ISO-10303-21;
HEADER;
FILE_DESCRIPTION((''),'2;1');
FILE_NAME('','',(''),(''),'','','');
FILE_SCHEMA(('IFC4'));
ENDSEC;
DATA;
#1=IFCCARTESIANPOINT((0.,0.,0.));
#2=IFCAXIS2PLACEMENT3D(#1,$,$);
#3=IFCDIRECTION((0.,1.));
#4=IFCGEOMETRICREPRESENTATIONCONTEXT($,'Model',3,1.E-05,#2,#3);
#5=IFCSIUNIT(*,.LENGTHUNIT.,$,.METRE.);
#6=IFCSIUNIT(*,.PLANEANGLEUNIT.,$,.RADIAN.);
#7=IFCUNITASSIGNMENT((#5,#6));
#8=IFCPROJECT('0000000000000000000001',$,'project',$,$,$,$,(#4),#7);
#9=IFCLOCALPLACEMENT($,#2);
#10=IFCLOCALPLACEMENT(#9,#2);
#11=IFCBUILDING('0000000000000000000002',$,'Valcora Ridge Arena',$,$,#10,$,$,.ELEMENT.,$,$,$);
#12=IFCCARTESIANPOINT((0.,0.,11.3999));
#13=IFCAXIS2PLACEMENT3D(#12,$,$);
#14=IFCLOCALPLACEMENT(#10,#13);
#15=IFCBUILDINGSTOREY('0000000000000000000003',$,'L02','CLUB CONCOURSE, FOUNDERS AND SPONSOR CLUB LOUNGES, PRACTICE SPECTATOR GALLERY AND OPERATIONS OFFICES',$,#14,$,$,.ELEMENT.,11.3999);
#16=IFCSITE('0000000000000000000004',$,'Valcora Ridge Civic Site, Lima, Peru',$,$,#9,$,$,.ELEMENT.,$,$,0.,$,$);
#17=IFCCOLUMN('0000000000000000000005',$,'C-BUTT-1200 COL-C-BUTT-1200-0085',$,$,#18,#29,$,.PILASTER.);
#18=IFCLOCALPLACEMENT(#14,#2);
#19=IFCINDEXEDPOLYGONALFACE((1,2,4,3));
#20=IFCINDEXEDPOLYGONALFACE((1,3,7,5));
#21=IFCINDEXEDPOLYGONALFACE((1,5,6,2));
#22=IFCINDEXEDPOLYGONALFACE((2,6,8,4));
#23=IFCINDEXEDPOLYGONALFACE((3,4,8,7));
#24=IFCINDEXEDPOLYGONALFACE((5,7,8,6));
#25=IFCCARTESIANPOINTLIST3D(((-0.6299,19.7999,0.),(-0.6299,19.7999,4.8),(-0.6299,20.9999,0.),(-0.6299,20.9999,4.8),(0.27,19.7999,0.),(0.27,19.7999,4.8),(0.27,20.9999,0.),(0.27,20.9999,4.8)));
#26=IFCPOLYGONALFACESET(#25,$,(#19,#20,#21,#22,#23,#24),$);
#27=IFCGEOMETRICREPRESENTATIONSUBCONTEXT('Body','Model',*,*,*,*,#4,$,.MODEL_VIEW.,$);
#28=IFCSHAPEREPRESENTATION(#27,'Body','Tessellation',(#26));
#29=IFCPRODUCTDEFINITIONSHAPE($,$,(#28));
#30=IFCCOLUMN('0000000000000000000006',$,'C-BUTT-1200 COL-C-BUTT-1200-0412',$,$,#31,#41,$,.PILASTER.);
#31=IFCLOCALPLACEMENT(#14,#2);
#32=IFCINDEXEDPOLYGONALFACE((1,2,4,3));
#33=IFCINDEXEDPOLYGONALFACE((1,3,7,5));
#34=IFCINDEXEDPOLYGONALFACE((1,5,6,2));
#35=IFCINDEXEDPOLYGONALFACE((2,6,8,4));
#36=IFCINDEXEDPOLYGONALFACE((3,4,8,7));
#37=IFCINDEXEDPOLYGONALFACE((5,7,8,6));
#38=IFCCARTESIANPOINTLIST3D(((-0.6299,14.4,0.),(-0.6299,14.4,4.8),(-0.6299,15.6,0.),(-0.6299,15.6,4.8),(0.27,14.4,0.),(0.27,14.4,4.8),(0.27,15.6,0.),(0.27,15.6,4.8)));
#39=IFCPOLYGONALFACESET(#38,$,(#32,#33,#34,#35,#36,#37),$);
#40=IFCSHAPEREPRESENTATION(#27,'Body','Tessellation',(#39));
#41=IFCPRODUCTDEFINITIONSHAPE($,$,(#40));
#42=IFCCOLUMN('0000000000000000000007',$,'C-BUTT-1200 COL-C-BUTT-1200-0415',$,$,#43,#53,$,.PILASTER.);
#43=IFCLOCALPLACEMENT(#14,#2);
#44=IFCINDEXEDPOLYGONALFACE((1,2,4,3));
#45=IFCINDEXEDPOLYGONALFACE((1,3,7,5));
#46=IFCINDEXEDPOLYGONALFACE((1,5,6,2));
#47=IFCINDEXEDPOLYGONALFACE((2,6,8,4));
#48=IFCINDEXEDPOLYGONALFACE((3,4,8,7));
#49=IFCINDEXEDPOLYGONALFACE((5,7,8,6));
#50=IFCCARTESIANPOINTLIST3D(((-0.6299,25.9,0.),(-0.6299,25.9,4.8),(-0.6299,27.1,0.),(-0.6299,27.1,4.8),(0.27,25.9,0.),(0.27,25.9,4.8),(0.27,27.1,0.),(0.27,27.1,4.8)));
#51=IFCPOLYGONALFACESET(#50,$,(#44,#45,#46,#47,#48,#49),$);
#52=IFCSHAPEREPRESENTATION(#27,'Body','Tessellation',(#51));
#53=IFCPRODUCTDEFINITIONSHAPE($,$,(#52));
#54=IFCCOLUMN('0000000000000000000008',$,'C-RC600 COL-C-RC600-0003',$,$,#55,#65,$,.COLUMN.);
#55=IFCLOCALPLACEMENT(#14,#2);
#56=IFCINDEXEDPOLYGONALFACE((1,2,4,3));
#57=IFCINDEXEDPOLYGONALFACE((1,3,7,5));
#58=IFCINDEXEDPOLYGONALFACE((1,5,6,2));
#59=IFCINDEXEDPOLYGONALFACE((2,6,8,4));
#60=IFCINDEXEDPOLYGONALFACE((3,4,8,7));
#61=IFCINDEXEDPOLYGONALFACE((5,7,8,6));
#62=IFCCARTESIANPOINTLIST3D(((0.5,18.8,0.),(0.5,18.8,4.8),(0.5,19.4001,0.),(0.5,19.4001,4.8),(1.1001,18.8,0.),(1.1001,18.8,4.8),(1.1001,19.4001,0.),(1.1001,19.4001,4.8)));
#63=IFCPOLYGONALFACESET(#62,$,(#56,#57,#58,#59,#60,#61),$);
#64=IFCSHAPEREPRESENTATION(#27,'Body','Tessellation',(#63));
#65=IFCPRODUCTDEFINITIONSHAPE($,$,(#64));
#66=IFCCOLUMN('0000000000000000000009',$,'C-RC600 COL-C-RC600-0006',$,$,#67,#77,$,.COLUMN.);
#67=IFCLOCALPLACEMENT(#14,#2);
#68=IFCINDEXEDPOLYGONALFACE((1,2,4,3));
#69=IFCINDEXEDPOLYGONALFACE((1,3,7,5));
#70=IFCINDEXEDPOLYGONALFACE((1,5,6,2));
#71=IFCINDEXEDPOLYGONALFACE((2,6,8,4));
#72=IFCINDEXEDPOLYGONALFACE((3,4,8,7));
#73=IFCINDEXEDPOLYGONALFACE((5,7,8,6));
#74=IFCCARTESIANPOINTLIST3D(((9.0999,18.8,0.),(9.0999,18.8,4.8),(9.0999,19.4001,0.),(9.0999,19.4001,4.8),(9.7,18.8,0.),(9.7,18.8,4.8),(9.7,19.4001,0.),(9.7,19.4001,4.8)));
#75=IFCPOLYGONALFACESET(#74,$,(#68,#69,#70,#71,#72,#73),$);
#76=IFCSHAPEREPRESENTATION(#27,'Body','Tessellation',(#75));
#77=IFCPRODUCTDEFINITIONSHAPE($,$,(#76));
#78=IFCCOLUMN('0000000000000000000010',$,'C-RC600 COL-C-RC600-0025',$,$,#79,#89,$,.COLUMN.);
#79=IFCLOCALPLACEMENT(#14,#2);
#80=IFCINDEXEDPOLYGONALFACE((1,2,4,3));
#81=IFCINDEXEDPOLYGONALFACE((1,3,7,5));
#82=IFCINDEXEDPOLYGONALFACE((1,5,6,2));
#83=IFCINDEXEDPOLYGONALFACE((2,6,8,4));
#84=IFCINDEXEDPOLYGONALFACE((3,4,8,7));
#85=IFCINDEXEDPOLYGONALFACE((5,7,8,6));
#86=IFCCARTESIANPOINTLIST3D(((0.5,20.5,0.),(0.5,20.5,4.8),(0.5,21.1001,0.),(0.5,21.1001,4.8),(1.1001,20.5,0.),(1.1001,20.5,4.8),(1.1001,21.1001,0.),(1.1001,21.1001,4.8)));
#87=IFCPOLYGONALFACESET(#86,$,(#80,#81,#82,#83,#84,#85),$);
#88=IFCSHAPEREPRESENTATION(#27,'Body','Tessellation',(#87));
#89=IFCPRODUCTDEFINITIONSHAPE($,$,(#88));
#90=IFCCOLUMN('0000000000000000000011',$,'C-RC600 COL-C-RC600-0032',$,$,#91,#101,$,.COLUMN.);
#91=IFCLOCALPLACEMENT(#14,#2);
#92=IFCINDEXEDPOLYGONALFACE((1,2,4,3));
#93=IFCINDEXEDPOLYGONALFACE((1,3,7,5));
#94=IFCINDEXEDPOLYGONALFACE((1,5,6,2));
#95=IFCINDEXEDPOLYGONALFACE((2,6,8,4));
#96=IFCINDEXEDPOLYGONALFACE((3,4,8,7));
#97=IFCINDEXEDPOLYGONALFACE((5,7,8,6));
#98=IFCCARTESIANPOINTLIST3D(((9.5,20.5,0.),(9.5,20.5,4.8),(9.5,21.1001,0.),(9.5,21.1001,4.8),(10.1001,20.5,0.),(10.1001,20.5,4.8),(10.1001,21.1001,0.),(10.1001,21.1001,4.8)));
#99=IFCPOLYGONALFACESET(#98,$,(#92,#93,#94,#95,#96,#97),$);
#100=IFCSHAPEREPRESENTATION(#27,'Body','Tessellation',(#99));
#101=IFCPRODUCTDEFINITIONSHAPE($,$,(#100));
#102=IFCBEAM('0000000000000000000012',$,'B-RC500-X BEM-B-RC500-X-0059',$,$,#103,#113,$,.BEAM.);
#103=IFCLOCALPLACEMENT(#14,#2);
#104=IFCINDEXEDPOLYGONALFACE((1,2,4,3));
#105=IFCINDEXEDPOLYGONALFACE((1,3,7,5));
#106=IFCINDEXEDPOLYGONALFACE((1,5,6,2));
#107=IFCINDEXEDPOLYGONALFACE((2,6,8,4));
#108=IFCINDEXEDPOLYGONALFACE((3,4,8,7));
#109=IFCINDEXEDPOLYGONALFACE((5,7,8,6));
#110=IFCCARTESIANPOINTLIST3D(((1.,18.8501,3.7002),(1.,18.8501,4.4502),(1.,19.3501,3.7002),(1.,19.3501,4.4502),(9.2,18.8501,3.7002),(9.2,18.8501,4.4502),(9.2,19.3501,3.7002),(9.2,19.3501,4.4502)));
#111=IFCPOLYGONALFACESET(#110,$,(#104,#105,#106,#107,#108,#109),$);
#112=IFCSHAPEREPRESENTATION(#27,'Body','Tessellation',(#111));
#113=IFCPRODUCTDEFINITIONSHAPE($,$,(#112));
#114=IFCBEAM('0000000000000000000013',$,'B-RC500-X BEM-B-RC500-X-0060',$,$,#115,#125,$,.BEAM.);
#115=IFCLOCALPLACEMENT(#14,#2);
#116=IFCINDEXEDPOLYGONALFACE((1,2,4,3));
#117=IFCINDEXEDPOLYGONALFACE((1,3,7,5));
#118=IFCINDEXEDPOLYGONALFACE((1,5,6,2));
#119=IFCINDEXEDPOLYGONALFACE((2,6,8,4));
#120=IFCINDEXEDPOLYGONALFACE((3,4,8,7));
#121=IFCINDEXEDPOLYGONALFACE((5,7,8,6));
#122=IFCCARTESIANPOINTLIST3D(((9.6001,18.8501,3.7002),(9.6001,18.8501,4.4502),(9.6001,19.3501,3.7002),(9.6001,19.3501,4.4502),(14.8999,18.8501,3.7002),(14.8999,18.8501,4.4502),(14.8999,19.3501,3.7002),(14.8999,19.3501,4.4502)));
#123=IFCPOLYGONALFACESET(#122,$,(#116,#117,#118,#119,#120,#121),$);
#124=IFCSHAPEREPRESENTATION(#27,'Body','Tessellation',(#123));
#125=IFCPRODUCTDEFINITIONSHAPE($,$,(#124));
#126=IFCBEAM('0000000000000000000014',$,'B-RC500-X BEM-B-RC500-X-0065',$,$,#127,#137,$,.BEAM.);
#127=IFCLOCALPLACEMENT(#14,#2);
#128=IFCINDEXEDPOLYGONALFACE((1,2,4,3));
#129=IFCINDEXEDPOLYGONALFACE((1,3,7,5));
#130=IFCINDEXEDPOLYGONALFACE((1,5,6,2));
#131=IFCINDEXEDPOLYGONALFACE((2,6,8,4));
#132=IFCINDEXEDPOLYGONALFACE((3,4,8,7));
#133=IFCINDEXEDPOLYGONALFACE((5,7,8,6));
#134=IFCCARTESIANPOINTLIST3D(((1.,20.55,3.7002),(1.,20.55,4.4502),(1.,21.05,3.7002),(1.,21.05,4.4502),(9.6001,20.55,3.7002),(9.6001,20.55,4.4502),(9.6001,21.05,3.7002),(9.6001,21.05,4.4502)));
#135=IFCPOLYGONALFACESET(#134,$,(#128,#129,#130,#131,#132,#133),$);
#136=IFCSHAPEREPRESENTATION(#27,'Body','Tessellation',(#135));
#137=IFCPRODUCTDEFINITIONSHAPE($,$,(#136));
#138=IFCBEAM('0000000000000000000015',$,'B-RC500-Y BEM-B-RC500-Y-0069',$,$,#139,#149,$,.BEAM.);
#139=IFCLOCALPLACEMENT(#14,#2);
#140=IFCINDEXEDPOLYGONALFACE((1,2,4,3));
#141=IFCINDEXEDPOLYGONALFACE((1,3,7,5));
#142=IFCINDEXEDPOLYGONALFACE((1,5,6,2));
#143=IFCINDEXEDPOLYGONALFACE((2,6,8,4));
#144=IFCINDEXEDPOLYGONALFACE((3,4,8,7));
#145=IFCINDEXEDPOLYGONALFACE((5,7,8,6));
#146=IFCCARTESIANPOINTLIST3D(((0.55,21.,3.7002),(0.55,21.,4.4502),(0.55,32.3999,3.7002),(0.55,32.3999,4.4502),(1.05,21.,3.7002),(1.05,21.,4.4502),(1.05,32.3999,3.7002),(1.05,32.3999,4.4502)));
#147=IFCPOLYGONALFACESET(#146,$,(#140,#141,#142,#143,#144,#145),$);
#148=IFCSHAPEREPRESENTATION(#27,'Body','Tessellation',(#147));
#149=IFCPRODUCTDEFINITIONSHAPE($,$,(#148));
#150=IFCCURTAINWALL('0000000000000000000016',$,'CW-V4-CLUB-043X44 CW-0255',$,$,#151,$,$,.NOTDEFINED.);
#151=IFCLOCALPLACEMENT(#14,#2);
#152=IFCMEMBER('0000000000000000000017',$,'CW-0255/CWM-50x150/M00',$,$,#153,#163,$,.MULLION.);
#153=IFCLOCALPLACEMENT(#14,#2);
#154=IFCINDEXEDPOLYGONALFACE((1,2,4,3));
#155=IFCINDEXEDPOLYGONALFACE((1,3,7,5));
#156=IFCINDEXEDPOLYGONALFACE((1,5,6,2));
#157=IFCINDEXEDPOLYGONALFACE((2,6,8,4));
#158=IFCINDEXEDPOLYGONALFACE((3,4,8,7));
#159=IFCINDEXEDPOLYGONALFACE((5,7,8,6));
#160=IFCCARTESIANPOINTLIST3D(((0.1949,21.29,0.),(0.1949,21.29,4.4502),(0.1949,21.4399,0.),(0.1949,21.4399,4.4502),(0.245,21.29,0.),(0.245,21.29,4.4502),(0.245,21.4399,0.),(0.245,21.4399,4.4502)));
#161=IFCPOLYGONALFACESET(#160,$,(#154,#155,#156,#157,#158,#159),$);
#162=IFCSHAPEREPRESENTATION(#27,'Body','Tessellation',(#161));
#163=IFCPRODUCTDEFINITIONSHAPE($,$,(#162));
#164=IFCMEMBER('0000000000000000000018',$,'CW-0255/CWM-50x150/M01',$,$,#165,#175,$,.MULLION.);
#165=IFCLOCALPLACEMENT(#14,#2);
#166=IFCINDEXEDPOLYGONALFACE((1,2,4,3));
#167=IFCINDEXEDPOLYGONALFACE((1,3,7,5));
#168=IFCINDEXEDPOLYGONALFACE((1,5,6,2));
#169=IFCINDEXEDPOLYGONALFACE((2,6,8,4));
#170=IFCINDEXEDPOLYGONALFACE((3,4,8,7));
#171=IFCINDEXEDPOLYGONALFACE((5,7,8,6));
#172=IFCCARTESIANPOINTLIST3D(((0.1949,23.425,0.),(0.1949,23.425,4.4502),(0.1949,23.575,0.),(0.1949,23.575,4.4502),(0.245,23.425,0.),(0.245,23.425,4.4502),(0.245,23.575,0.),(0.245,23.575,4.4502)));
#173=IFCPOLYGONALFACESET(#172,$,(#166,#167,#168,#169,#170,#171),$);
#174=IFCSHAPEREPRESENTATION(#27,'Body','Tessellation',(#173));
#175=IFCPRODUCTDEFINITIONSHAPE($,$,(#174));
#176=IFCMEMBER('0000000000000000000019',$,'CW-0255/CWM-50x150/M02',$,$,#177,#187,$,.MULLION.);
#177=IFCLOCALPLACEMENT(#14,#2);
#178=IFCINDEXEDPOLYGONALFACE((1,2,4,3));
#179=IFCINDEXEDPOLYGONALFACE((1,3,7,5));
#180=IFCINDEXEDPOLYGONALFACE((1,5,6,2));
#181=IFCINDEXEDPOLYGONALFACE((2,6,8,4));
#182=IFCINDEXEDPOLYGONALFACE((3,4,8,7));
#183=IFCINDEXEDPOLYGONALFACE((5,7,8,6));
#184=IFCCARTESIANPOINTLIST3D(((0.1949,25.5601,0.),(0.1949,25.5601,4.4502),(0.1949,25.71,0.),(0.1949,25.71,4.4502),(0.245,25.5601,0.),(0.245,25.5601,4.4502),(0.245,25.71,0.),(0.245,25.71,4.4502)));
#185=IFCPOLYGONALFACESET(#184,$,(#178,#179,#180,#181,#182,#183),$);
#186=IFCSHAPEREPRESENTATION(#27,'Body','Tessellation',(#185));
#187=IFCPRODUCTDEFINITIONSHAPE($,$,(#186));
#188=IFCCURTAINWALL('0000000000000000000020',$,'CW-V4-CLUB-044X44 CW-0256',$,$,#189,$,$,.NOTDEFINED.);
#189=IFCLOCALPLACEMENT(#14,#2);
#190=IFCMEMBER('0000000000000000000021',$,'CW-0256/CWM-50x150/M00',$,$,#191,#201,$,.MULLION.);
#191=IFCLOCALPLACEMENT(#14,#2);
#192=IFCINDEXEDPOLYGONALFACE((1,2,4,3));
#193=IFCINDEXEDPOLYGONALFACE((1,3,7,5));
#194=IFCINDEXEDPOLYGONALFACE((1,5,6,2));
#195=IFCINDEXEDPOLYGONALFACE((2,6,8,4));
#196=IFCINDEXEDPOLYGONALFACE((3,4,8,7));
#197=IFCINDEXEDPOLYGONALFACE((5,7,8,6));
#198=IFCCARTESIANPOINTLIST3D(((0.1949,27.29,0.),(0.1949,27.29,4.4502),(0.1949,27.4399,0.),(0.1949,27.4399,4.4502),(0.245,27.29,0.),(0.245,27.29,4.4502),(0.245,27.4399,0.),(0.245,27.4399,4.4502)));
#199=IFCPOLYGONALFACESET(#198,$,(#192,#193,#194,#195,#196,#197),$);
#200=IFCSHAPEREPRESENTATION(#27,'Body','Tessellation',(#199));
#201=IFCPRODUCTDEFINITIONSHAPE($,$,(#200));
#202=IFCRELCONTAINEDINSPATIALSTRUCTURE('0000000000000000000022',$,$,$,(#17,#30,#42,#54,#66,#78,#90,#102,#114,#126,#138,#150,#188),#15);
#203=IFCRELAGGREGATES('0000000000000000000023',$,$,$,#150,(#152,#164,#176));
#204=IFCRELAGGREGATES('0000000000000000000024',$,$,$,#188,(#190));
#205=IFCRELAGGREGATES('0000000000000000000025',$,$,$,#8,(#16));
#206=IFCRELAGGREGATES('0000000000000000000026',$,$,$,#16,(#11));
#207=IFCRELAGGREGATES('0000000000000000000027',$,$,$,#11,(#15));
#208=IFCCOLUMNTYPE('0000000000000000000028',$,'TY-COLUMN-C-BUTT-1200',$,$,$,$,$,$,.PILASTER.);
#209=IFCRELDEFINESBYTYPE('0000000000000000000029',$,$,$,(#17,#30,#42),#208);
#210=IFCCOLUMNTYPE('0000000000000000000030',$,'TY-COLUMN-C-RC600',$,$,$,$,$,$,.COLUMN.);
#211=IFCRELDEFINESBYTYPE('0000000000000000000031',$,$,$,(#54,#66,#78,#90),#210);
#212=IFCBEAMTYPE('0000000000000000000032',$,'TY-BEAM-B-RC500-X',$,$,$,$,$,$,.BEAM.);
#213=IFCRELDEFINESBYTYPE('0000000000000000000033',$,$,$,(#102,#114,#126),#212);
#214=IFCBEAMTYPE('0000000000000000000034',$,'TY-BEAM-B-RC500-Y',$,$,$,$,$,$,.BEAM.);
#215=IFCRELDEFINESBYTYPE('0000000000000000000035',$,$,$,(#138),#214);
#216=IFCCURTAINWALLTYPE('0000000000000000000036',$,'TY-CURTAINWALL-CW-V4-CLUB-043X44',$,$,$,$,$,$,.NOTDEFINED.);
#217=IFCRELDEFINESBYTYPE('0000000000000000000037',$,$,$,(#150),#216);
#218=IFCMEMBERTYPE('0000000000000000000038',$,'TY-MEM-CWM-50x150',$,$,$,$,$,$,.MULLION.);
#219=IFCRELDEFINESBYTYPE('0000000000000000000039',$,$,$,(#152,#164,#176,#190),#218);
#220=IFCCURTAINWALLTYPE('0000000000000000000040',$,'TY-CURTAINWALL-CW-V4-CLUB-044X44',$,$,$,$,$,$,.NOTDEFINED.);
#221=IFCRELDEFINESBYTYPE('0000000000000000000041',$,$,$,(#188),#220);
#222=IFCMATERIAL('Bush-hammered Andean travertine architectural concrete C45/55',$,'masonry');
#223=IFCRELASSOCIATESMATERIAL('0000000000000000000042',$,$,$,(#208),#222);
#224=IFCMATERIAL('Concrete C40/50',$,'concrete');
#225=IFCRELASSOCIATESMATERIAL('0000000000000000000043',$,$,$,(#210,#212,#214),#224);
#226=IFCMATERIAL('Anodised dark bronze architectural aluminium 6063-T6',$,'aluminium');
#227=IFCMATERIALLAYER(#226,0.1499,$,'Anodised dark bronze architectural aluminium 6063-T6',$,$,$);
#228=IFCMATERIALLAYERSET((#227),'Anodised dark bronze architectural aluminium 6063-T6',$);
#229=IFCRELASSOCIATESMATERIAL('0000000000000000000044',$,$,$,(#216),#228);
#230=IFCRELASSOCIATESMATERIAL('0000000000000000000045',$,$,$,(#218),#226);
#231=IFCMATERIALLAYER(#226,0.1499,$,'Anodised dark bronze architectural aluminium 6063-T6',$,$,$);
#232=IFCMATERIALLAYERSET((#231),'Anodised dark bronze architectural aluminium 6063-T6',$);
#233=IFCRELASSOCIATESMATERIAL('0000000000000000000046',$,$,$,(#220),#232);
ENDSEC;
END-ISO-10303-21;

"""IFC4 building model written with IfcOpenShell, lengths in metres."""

from ifc_helpers import new_model, si_unit, direction, frame, origin, origin_2d, place, context, subcontext, project, spatial, rectangle, extrude, material, layer, layer_set, material_profile, profile_set, type_object, element, aggregate, save


model = new_model("IFC4")

# Units and contexts
model_context = context("Model", 3, precision=1e-05, world=origin(), true_north=direction((0.0, 1.0)))
body_context = subcontext(model_context, "Body", "Model", "MODEL_VIEW")
ifc_project = project(units=[si_unit("LENGTHUNIT", "METRE"), si_unit("PLANEANGLEUNIT", "RADIAN")], contexts=[model_context])

# Site, building, storey
site_placement = place(None, origin())
site = spatial("IfcSite", under=ifc_project, at=site_placement, Name="Valcora Ridge Civic Site, Lima, Peru", CompositionType="ELEMENT", RefElevation=0.0)
building_placement = place(site_placement, origin())
building = spatial("IfcBuilding", under=site, at=building_placement, Name="Valcora Ridge Arena", CompositionType="ELEMENT")
storey_placement = place(building_placement, frame((0.0, 0.0, 11.3999)))
storey = spatial("IfcBuildingStorey", under=building, at=storey_placement, Name="L02", Description="CLUB CONCOURSE, FOUNDERS AND SPONSOR CLUB LOUNGES, PRACTICE SPECTATOR GALLERY AND OPERATIONS OFFICES", CompositionType="ELEMENT", Elevation=11.3999)

# Columns
ifc_material_1 = material(Name="Bush-hammered Andean travertine architectural concrete C45/55", Category="masonry")
ifc_material_profile_1 = material_profile(ifc_material_1, rectangle(XDim=0.8999, YDim=1.2, at=origin_2d()), Name="RC 900x1200")
ifc_profile_set_1 = profile_set([ifc_material_profile_1], Name="Bush-hammered Andean travertine architectural concrete C45/55")
column_type_1 = type_object("IfcColumnType", Name="TY-COLUMN-C-BUTT-1200", PredefinedType="PILASTER", material=ifc_profile_set_1)
for number, where, z_axis, x_axis, name in (
    (1, (-0.1799, 20.3999, 0.0), (0.0, 0.0, 1.0), (1.0, 0.0, 0.0), "C-BUTT-1200 COL-C-BUTT-1200-0085"),
    (2, (-0.1799, 15.0, 0.0), (0.0, 0.0, 1.0), (1.0, 0.0, 0.0), "C-BUTT-1200 COL-C-BUTT-1200-0412"),
    (3, (-0.1799, 26.5, 0.0), (0.0, 0.0, 1.0), (1.0, 0.0, 0.0), "C-BUTT-1200 COL-C-BUTT-1200-0415"),
):
    element("IfcColumn", number, at=place(storey_placement, frame(where, z_axis=z_axis, x_axis=x_axis)), inside=storey, type_object=column_type_1, Name=name, PredefinedType="PILASTER", context=body_context, shape_type="SweptSolid", body=[
        extrude(rectangle(XDim=0.8999, YDim=1.2, at=origin_2d()), origin(), (0.0, 0.0, 1.0), 4.8),
    ])
ifc_material_2 = material(Name="Concrete C40/50", Category="concrete")
ifc_material_profile_2 = material_profile(ifc_material_2, rectangle(XDim=0.6001, YDim=0.6001, at=origin_2d()), Name="RC 600x600")
ifc_profile_set_2 = profile_set([ifc_material_profile_2], Name="Concrete C40/50")
column_type_2 = type_object("IfcColumnType", Name="TY-COLUMN-C-RC600", PredefinedType="COLUMN", material=ifc_profile_set_2)
for number, where, z_axis, x_axis, name in (
    (4, (0.8, 19.1001, 0.0), (0.0, 0.0, 1.0), (1.0, 0.0, 0.0), "C-RC600 COL-C-RC600-0003"),
    (5, (9.3999, 19.1001, 0.0), (0.0, 0.0, 1.0), (1.0, 0.0, 0.0), "C-RC600 COL-C-RC600-0006"),
    (6, (0.8, 20.8, 0.0), (0.0, 0.0, 1.0), (1.0, 0.0, 0.0), "C-RC600 COL-C-RC600-0025"),
    (7, (9.8, 20.8, 0.0), (0.0, 0.0, 1.0), (1.0, 0.0, 0.0), "C-RC600 COL-C-RC600-0032"),
):
    element("IfcColumn", number, at=place(storey_placement, frame(where, z_axis=z_axis, x_axis=x_axis)), inside=storey, type_object=column_type_2, Name=name, PredefinedType="COLUMN", context=body_context, shape_type="SweptSolid", body=[
        extrude(rectangle(XDim=0.6001, YDim=0.6001, at=origin_2d()), origin(), (0.0, 0.0, 1.0), 4.8),
    ])

# Beams
ifc_material_profile_3 = material_profile(ifc_material_2, rectangle(XDim=0.5, YDim=0.75, at=origin_2d()), Name="RC 500x750")
ifc_profile_set_3 = profile_set([ifc_material_profile_3], Name="Concrete C40/50")
beam_type_1 = type_object("IfcBeamType", Name="TY-BEAM-B-RC500-X", PredefinedType="BEAM", material=ifc_profile_set_3)
beam_1_placement = place(storey_placement, frame((1.0, 19.1001, 4.0752), z_axis=(1.0, 0.0, 0.0), x_axis=(0.0, 1.0, 0.0)))
element("IfcBeam", 8, at=beam_1_placement, inside=storey, type_object=beam_type_1, Name="B-RC500-X BEM-B-RC500-X-0059", PredefinedType="BEAM", context=body_context, shape_type="SweptSolid", body=[
    extrude(rectangle(XDim=0.5, YDim=0.75, at=origin_2d()), origin(), (0.0, 0.0, 1.0), 8.2),
])
beam_2_placement = place(storey_placement, frame((9.6001, 19.1001, 4.0752), z_axis=(1.0, 0.0, 0.0), x_axis=(0.0, 1.0, 0.0)))
element("IfcBeam", 9, at=beam_2_placement, inside=storey, type_object=beam_type_1, Name="B-RC500-X BEM-B-RC500-X-0060", PredefinedType="BEAM", context=body_context, shape_type="SweptSolid", body=[
    extrude(rectangle(XDim=0.5, YDim=0.75, at=origin_2d()), origin(), (0.0, 0.0, 1.0), 5.2998),
])
beam_3_placement = place(storey_placement, frame((1.0, 20.8, 4.0752), z_axis=(1.0, 0.0, 0.0), x_axis=(0.0, 1.0, 0.0)))
element("IfcBeam", 10, at=beam_3_placement, inside=storey, type_object=beam_type_1, Name="B-RC500-X BEM-B-RC500-X-0065", PredefinedType="BEAM", context=body_context, shape_type="SweptSolid", body=[
    extrude(rectangle(XDim=0.5, YDim=0.75, at=origin_2d()), origin(), (0.0, 0.0, 1.0), 8.6001),
])
ifc_material_profile_4 = material_profile(ifc_material_2, rectangle(XDim=0.5, YDim=0.75, at=origin_2d()), Name="RC 500x750")
ifc_profile_set_4 = profile_set([ifc_material_profile_4], Name="Concrete C40/50")
beam_type_2 = type_object("IfcBeamType", Name="TY-BEAM-B-RC500-Y", PredefinedType="BEAM", material=ifc_profile_set_4)
beam_4_placement = place(storey_placement, frame((0.8, 21.0, 4.0752), z_axis=(0.0, 1.0, 0.0), x_axis=(-1.0, 0.0, 0.0)))
element("IfcBeam", 11, at=beam_4_placement, inside=storey, type_object=beam_type_2, Name="B-RC500-Y BEM-B-RC500-Y-0069", PredefinedType="BEAM", context=body_context, shape_type="SweptSolid", body=[
    extrude(rectangle(XDim=0.5, YDim=0.75, at=origin_2d()), origin(), (0.0, 0.0, 1.0), 11.3999),
])

# Curtain walls, members
ifc_material_3 = material(Name="Anodised dark bronze architectural aluminium 6063-T6", Category="aluminium")
ifc_layer_1 = layer(ifc_material_3, 0.1499, Name="Anodised dark bronze architectural aluminium 6063-T6")
ifc_layer_set_1 = layer_set([ifc_layer_1], Name="Anodised dark bronze architectural aluminium 6063-T6")
curtain_wall_type_1 = type_object("IfcCurtainWallType", Name="TY-CURTAINWALL-CW-V4-CLUB-043X44", PredefinedType="NOTDEFINED", material=ifc_layer_set_1)
curtain_wall_1_placement = place(storey_placement, origin())
curtain_wall_1 = element("IfcCurtainWall", 12, at=curtain_wall_1_placement, inside=storey, type_object=curtain_wall_type_1, Name="CW-V4-CLUB-043X44 CW-0255", PredefinedType="NOTDEFINED")
ifc_material_profile_5 = material_profile(ifc_material_3, rectangle(XDim=0.05, YDim=0.1499, at=origin_2d()), Name="ALU MULLION 50x150")
ifc_profile_set_5 = profile_set([ifc_material_profile_5], Name="Anodised dark bronze architectural aluminium 6063-T6")
member_type_1 = type_object("IfcMemberType", Name="TY-MEM-CWM-50x150", PredefinedType="MULLION", material=ifc_profile_set_5)
member_1_placement = place(storey_placement, frame((0.22, 21.365, 0.0), z_axis=(0.0, 0.0, 1.0), x_axis=(-1.0, 0.0, 0.0)))
member_1 = element("IfcMember", 13, at=member_1_placement, type_object=member_type_1, Name="CW-0255/CWM-50x150/M00", PredefinedType="MULLION", context=body_context, shape_type="SweptSolid", body=[
    extrude(rectangle(XDim=0.05, YDim=0.1499, at=origin_2d()), origin(), (0.0, 0.0, 1.0), 4.4502),
])
member_2_placement = place(storey_placement, frame((0.22, 23.5, 0.0), z_axis=(0.0, 0.0, 1.0), x_axis=(-1.0, 0.0, 0.0)))
member_2 = element("IfcMember", 14, at=member_2_placement, type_object=member_type_1, Name="CW-0255/CWM-50x150/M01", PredefinedType="MULLION", context=body_context, shape_type="SweptSolid", body=[
    extrude(rectangle(XDim=0.05, YDim=0.1499, at=origin_2d()), origin(), (0.0, 0.0, 1.0), 4.4502),
])
member_3_placement = place(storey_placement, frame((0.22, 25.635, 0.0), z_axis=(0.0, 0.0, 1.0), x_axis=(-1.0, 0.0, 0.0)))
member_3 = element("IfcMember", 15, at=member_3_placement, type_object=member_type_1, Name="CW-0255/CWM-50x150/M02", PredefinedType="MULLION", context=body_context, shape_type="SweptSolid", body=[
    extrude(rectangle(XDim=0.05, YDim=0.1499, at=origin_2d()), origin(), (0.0, 0.0, 1.0), 4.4502),
])
ifc_layer_2 = layer(ifc_material_3, 0.1499, Name="Anodised dark bronze architectural aluminium 6063-T6")
ifc_layer_set_2 = layer_set([ifc_layer_2], Name="Anodised dark bronze architectural aluminium 6063-T6")
curtain_wall_type_2 = type_object("IfcCurtainWallType", Name="TY-CURTAINWALL-CW-V4-CLUB-044X44", PredefinedType="NOTDEFINED", material=ifc_layer_set_2)
curtain_wall_2_placement = place(storey_placement, origin())
curtain_wall_2 = element("IfcCurtainWall", 16, at=curtain_wall_2_placement, inside=storey, type_object=curtain_wall_type_2, Name="CW-V4-CLUB-044X44 CW-0256", PredefinedType="NOTDEFINED")
member_4_placement = place(storey_placement, frame((0.22, 27.365, 0.0), z_axis=(0.0, 0.0, 1.0), x_axis=(-1.0, 0.0, 0.0)))
member_4 = element("IfcMember", 17, at=member_4_placement, type_object=member_type_1, Name="CW-0256/CWM-50x150/M00", PredefinedType="MULLION", context=body_context, shape_type="SweptSolid", body=[
    extrude(rectangle(XDim=0.05, YDim=0.1499, at=origin_2d()), origin(), (0.0, 0.0, 1.0), 4.4502),
])

aggregate(curtain_wall_1, [member_1, member_2, member_3])
aggregate(curtain_wall_2, [member_4])

save(model, "model.ifc")
